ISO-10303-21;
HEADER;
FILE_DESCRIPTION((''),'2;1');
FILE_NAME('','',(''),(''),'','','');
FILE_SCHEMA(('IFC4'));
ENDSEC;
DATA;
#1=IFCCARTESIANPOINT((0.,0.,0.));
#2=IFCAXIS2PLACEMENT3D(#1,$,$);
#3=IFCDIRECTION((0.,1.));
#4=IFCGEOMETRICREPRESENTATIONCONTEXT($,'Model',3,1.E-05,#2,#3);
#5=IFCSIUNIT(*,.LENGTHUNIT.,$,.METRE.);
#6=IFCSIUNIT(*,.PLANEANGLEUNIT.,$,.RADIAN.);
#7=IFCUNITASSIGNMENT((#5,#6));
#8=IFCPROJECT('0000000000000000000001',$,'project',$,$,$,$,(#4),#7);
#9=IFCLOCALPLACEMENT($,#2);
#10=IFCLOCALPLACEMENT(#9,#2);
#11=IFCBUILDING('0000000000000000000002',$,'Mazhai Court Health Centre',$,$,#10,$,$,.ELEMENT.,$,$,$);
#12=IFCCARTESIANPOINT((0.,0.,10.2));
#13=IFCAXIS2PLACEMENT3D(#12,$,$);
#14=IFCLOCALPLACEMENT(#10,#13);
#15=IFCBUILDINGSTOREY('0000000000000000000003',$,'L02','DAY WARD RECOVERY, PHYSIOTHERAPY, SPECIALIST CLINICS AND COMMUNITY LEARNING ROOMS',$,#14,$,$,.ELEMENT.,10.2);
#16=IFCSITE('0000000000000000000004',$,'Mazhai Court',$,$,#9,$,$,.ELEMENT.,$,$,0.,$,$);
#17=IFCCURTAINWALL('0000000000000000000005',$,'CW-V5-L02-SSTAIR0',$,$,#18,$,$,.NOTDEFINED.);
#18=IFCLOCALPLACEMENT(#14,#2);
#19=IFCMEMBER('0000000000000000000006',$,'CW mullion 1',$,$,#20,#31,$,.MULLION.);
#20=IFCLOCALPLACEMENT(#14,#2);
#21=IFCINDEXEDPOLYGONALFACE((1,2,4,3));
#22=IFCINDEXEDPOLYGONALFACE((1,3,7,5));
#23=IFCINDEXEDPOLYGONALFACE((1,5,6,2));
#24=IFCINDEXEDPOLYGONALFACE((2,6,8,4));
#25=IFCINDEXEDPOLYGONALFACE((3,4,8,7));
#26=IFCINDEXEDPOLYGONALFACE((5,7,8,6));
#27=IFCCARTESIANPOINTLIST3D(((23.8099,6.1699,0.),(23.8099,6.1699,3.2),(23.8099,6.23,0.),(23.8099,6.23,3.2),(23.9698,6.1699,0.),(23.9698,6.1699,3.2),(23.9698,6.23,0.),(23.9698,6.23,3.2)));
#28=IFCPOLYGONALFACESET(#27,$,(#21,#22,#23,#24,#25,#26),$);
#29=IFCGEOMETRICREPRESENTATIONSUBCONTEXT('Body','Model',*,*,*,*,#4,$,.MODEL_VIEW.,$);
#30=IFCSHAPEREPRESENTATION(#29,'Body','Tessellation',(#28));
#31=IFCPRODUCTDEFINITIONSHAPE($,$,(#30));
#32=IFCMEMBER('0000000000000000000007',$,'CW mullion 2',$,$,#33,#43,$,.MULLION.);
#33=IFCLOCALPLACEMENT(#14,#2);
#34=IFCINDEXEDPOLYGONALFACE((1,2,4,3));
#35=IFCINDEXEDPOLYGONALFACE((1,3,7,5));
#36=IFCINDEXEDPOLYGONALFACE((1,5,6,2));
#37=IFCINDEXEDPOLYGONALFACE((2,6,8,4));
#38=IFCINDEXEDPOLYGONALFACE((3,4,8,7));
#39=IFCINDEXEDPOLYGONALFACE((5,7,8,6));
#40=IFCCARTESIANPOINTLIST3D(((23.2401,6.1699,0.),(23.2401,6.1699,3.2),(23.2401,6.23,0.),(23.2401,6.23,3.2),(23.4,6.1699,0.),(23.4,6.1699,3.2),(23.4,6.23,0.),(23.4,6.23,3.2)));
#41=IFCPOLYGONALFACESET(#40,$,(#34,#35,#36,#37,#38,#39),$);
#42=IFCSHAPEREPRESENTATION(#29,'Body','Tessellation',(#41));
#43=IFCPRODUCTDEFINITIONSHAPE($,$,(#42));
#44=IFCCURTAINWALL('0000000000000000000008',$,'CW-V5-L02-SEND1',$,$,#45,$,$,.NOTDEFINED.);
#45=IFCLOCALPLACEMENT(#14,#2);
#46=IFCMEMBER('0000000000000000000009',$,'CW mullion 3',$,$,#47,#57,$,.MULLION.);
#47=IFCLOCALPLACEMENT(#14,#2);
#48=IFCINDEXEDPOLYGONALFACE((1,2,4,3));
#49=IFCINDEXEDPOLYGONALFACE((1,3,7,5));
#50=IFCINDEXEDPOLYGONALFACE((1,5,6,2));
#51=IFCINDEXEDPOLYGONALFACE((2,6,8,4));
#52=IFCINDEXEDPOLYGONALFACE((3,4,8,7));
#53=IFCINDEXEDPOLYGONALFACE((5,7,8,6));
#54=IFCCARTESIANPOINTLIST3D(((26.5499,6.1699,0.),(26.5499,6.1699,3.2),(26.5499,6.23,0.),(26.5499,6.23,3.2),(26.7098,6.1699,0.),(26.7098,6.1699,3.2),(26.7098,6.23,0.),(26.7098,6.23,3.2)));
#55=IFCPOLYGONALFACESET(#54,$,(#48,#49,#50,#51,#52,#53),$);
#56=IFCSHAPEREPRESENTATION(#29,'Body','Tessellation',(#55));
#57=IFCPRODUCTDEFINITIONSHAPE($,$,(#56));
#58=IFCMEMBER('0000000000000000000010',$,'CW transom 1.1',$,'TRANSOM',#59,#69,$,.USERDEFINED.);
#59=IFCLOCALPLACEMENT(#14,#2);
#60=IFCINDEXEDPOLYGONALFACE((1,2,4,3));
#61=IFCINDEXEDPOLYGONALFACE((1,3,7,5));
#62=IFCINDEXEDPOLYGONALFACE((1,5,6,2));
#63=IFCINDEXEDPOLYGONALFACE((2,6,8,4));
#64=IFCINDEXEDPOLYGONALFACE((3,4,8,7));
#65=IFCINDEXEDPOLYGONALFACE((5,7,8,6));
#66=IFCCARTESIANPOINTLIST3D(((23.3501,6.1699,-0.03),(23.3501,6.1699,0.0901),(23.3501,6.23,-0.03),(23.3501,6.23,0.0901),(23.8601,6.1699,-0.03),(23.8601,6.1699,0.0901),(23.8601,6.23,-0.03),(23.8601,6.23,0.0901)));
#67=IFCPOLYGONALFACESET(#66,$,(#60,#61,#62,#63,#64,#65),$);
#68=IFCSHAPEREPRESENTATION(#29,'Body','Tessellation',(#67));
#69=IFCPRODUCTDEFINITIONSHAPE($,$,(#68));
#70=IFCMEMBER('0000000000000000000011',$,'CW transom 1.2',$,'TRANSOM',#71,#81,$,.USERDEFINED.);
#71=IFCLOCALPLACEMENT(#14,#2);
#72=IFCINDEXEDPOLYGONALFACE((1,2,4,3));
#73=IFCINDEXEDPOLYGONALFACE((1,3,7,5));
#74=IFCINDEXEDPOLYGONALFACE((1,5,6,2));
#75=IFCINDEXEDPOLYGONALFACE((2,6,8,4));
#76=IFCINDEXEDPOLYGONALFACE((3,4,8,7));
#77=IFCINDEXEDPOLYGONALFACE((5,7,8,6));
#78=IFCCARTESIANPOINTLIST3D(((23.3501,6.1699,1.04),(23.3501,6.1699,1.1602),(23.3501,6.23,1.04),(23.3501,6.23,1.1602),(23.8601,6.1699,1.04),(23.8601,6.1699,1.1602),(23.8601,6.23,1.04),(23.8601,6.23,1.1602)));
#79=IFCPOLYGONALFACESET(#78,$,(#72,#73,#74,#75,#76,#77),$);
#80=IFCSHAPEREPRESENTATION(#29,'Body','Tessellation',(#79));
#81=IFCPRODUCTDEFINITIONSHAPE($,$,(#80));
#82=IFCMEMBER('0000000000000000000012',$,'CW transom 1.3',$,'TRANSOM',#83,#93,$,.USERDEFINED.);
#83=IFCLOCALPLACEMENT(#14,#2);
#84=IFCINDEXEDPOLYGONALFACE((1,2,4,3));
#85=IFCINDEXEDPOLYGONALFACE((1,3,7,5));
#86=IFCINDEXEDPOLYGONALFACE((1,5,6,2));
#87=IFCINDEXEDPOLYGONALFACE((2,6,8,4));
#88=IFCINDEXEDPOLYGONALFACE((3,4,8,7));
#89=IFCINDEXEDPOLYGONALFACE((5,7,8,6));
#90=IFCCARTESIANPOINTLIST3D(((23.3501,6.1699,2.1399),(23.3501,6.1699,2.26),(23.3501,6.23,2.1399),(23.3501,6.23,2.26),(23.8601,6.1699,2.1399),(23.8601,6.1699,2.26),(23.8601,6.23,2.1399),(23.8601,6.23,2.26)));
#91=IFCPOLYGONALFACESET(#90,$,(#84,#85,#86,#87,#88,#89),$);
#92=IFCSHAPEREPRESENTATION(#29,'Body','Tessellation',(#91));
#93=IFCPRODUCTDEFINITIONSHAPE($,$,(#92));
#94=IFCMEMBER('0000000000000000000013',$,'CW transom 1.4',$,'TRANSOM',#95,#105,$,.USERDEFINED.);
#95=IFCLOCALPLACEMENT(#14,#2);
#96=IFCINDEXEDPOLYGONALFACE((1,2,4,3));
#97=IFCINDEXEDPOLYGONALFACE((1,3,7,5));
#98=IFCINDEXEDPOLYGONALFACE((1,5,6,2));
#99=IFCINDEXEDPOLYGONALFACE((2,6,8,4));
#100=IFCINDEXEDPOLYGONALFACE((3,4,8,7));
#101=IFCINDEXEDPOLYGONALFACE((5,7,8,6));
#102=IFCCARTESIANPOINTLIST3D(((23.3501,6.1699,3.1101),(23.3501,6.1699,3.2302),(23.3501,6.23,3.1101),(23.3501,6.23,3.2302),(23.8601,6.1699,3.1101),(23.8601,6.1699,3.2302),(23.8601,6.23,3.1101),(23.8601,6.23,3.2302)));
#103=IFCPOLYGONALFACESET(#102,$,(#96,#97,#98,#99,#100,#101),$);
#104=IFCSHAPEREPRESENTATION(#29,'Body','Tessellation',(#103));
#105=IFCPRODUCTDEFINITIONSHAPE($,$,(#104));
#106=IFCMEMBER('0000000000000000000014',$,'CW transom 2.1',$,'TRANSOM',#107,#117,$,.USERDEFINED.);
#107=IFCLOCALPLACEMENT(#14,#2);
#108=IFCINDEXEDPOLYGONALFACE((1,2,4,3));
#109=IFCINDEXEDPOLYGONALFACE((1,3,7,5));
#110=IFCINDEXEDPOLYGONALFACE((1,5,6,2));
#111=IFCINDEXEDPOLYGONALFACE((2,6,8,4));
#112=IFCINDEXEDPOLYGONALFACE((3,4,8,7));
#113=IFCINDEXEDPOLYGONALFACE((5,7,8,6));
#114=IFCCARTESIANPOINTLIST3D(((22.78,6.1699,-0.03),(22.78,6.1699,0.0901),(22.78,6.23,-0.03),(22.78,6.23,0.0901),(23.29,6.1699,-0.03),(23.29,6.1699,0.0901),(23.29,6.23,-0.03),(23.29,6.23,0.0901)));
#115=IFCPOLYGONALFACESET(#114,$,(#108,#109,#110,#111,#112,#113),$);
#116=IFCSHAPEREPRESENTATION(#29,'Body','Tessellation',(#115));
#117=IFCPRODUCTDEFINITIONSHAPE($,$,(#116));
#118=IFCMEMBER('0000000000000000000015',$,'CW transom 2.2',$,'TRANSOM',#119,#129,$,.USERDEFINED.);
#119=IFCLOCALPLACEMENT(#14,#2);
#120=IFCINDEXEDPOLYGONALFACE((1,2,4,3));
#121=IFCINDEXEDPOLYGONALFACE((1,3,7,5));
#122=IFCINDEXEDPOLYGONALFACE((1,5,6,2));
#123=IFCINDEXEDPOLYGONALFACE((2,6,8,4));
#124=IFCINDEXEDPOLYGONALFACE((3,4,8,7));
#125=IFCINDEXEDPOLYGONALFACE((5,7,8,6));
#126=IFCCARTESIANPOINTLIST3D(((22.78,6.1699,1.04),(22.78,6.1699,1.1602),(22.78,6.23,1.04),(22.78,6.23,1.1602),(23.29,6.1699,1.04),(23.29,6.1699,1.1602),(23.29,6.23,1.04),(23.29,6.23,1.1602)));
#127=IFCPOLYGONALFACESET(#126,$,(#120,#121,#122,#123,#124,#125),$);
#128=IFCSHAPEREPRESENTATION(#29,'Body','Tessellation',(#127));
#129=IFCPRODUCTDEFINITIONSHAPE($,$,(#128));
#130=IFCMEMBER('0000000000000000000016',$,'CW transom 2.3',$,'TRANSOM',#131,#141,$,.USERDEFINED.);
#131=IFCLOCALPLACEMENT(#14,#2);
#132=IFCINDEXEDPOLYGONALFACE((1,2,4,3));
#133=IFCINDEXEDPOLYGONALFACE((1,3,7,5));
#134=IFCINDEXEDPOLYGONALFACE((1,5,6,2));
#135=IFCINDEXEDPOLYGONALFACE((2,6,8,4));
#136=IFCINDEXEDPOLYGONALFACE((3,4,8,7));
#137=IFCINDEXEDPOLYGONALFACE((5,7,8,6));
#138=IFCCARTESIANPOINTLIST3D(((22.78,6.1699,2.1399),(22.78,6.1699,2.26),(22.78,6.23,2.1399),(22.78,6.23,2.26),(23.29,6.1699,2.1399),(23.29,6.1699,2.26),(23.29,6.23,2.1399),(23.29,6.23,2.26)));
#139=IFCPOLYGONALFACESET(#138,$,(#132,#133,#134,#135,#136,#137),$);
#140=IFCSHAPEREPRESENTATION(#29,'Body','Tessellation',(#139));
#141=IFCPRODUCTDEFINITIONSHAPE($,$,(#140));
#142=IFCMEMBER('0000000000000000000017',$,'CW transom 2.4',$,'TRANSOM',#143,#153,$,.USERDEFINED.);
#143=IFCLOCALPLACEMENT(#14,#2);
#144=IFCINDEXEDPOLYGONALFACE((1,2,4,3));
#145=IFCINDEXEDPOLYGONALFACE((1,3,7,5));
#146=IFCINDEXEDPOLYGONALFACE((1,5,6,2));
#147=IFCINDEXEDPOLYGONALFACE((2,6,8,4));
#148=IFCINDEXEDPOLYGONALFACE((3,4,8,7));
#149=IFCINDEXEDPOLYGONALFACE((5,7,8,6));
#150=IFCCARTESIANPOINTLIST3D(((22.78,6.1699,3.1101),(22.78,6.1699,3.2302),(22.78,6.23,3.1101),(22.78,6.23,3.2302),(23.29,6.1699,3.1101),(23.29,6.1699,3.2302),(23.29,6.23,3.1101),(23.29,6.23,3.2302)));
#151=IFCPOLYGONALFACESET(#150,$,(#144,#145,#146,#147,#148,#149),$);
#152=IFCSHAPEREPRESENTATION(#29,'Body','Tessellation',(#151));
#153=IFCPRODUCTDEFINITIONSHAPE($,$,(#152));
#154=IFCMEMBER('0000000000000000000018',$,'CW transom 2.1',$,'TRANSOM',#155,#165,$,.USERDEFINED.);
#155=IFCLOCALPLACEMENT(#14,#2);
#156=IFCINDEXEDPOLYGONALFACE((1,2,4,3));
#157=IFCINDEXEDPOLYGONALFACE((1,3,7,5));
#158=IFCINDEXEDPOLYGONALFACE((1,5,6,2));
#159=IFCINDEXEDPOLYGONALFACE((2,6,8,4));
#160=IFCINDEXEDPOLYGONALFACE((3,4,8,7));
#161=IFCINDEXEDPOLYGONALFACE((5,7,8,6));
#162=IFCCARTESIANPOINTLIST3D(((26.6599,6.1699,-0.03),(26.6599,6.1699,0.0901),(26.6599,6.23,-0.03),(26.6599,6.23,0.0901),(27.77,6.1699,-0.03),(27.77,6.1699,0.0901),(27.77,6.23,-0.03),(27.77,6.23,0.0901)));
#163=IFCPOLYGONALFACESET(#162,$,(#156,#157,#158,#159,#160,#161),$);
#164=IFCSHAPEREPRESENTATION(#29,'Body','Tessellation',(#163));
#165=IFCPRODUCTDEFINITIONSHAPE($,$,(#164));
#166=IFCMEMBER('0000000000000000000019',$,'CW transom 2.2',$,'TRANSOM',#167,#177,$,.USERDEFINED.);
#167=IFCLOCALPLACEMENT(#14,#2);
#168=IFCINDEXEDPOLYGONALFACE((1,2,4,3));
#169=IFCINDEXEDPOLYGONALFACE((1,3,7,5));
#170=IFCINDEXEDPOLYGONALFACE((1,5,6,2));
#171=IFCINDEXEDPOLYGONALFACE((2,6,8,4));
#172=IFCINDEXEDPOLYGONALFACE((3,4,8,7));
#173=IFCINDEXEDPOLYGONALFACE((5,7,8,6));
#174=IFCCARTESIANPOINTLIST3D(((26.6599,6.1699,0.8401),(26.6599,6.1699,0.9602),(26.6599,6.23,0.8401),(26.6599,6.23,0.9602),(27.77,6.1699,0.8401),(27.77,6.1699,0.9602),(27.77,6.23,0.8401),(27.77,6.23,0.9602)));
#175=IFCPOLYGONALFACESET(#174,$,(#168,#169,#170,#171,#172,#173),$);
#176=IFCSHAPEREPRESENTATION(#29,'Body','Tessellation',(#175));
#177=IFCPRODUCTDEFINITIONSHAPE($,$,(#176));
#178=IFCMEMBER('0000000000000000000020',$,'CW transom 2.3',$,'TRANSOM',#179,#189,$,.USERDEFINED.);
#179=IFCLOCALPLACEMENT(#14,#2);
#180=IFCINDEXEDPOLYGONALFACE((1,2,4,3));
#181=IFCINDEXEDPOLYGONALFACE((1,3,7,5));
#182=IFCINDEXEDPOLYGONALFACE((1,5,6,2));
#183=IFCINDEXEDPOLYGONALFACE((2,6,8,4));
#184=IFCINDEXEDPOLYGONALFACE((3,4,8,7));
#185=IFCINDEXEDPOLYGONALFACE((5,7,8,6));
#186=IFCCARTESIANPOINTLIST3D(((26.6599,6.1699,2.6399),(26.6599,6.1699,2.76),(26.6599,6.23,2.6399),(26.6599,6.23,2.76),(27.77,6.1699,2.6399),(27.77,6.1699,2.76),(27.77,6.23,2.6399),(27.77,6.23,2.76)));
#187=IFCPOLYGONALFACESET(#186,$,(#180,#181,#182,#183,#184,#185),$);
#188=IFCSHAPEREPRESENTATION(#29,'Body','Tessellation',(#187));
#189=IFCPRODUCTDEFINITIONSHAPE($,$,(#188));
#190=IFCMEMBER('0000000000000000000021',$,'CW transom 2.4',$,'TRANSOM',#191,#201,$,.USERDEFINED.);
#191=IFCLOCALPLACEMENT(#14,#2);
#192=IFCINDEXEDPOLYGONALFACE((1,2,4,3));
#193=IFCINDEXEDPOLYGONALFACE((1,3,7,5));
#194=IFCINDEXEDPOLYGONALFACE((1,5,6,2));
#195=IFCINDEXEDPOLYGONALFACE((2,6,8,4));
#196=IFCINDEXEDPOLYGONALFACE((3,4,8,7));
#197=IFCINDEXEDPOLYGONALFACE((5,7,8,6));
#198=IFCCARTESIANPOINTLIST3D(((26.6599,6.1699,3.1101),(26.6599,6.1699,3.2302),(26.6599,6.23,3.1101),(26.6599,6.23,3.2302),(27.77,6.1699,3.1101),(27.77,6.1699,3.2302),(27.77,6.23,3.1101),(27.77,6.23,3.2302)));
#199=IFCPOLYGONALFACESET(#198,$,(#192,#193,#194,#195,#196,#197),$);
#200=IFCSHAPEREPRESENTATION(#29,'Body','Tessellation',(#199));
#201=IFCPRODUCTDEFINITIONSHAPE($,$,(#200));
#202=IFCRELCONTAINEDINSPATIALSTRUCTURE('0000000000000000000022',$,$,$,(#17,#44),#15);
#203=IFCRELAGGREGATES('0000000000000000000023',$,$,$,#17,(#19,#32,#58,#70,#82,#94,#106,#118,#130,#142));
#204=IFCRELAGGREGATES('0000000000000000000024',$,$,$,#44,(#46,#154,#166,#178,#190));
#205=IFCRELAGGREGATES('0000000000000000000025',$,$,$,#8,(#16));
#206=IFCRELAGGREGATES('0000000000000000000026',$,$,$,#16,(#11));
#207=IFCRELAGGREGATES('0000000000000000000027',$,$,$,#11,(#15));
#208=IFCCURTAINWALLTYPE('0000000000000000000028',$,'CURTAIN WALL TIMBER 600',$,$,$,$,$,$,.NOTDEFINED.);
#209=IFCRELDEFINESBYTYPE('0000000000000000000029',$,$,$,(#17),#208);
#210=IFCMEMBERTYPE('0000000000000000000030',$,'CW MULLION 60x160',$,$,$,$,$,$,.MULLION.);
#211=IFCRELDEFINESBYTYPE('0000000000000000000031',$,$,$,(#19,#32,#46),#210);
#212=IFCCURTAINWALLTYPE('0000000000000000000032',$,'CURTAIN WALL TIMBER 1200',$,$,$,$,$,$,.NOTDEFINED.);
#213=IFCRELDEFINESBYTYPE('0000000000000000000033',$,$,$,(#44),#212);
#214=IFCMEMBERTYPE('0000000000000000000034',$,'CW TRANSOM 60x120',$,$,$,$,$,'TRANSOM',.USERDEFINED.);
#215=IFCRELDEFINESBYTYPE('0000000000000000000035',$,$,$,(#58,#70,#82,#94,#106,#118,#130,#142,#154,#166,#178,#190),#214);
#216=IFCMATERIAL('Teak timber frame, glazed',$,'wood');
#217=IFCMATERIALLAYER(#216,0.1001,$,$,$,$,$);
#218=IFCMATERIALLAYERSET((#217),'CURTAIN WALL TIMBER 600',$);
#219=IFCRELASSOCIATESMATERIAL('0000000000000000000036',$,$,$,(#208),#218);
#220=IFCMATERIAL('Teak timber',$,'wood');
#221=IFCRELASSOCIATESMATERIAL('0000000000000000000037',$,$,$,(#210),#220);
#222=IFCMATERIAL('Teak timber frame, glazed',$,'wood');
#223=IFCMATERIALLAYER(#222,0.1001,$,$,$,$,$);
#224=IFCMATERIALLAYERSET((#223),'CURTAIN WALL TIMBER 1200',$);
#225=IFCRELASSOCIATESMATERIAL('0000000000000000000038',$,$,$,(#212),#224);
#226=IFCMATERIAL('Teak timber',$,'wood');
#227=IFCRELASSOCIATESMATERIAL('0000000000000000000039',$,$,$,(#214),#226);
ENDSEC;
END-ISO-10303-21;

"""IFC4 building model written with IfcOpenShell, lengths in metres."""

from ifc_helpers import new_model, si_unit, direction, frame, origin, origin_2d, place, context, subcontext, project, spatial, rectangle, extrude, material, layer, layer_set, material_profile, profile_set, type_object, element, aggregate, save


model = new_model("IFC4")

# Units and contexts
model_context = context("Model", 3, precision=1e-05, world=origin(), true_north=direction((0.0, 1.0)))
body_context = subcontext(model_context, "Body", "Model", "MODEL_VIEW")
ifc_project = project(units=[si_unit("LENGTHUNIT", "METRE"), si_unit("PLANEANGLEUNIT", "RADIAN")], contexts=[model_context])

# Site, building, storey
site_placement = place(None, origin())
site = spatial("IfcSite", under=ifc_project, at=site_placement, Name="Mazhai Court", CompositionType="ELEMENT", RefElevation=0.0)
building_placement = place(site_placement, origin())
building = spatial("IfcBuilding", under=site, at=building_placement, Name="Mazhai Court Health Centre", CompositionType="ELEMENT")
storey_placement = place(building_placement, frame((0.0, 0.0, 10.2)))
storey = spatial("IfcBuildingStorey", under=building, at=storey_placement, Name="L02", Description="DAY WARD RECOVERY, PHYSIOTHERAPY, SPECIALIST CLINICS AND COMMUNITY LEARNING ROOMS", CompositionType="ELEMENT", Elevation=10.2)

# Curtain wall, members
ifc_material_1 = material(Name="Teak timber frame, glazed", Category="wood")
ifc_layer_1 = layer(ifc_material_1, 0.1001)
ifc_layer_set_1 = layer_set([ifc_layer_1], Name="CURTAIN WALL TIMBER 600")
curtain_wall_type_1 = type_object("IfcCurtainWallType", Name="CURTAIN WALL TIMBER 600", PredefinedType="NOTDEFINED", material=ifc_layer_set_1)
curtain_wall_1_placement = place(storey_placement, origin())
curtain_wall_1 = element("IfcCurtainWall", 1, at=curtain_wall_1_placement, inside=storey, type_object=curtain_wall_type_1, Name="CW-V5-L02-SSTAIR0", PredefinedType="NOTDEFINED")
ifc_material_2 = material(Name="Teak timber", Category="wood")
ifc_material_profile_1 = material_profile(ifc_material_2, rectangle(XDim=0.0601, YDim=0.1599, at=origin_2d()), Name="CW MULLION 60x160")
ifc_profile_set_1 = profile_set([ifc_material_profile_1], Name="Teak timber")
member_type_1 = type_object("IfcMemberType", Name="CW MULLION 60x160", PredefinedType="MULLION", material=ifc_profile_set_1)
member_1_placement = place(storey_placement, frame((23.8899, 6.2, 0.0), z_axis=(0.0, 0.0, 1.0), x_axis=(0.0, -1.0, 0.0)))
member_1 = element("IfcMember", 2, at=member_1_placement, type_object=member_type_1, Name="CW mullion 1", PredefinedType="MULLION", context=body_context, shape_type="SweptSolid", body=[
    extrude(rectangle(XDim=0.0601, YDim=0.1599, at=origin_2d()), origin(), (0.0, 0.0, 1.0), 3.2),
])
member_2_placement = place(storey_placement, frame((23.3201, 6.2, 0.0), z_axis=(0.0, 0.0, 1.0), x_axis=(0.0, -1.0, 0.0)))
member_2 = element("IfcMember", 3, at=member_2_placement, type_object=member_type_1, Name="CW mullion 2", PredefinedType="MULLION", context=body_context, shape_type="SweptSolid", body=[
    extrude(rectangle(XDim=0.0601, YDim=0.1599, at=origin_2d()), origin(), (0.0, 0.0, 1.0), 3.2),
])

# Curtain wall, member
ifc_material_3 = material(Name="Teak timber frame, glazed", Category="wood")
ifc_layer_2 = layer(ifc_material_3, 0.1001)
ifc_layer_set_2 = layer_set([ifc_layer_2], Name="CURTAIN WALL TIMBER 1200")
curtain_wall_type_2 = type_object("IfcCurtainWallType", Name="CURTAIN WALL TIMBER 1200", PredefinedType="NOTDEFINED", material=ifc_layer_set_2)
curtain_wall_2_placement = place(storey_placement, origin())
curtain_wall_2 = element("IfcCurtainWall", 4, at=curtain_wall_2_placement, inside=storey, type_object=curtain_wall_type_2, Name="CW-V5-L02-SEND1", PredefinedType="NOTDEFINED")
member_3_placement = place(storey_placement, frame((26.6299, 6.2, 0.0), z_axis=(0.0, 0.0, 1.0), x_axis=(0.0, -1.0, 0.0)))
member_3 = element("IfcMember", 5, at=member_3_placement, type_object=member_type_1, Name="CW mullion 3", PredefinedType="MULLION", context=body_context, shape_type="SweptSolid", body=[
    extrude(rectangle(XDim=0.0601, YDim=0.1599, at=origin_2d()), origin(), (0.0, 0.0, 1.0), 3.2),
])

# Members
ifc_material_4 = material(Name="Teak timber", Category="wood")
ifc_material_profile_2 = material_profile(ifc_material_4, rectangle(XDim=0.0601, YDim=0.1201, at=origin_2d()), Name="CW TRANSOM 60x120")
ifc_profile_set_2 = profile_set([ifc_material_profile_2], Name="Teak timber")
member_type_2 = type_object("IfcMemberType", Name="CW TRANSOM 60x120", ElementType="TRANSOM", PredefinedType="USERDEFINED", material=ifc_profile_set_2)
member_4_placement = place(storey_placement, frame((23.8601, 6.2, 0.03), z_axis=(-1.0, 0.0, 0.0), x_axis=(0.0, -1.0, 0.0)))
member_4 = element("IfcMember", 6, at=member_4_placement, type_object=member_type_2, Name="CW transom 1.1", ObjectType="TRANSOM", PredefinedType="USERDEFINED", context=body_context, shape_type="SweptSolid", body=[
    extrude(rectangle(XDim=0.0601, YDim=0.1201, at=origin_2d()), origin(), (0.0, 0.0, 1.0), 0.51),
])
member_5_placement = place(storey_placement, frame((23.8601, 6.2, 1.1001), z_axis=(-1.0, 0.0, 0.0), x_axis=(0.0, -1.0, 0.0)))
member_5 = element("IfcMember", 7, at=member_5_placement, type_object=member_type_2, Name="CW transom 1.2", ObjectType="TRANSOM", PredefinedType="USERDEFINED", context=body_context, shape_type="SweptSolid", body=[
    extrude(rectangle(XDim=0.0601, YDim=0.1201, at=origin_2d()), origin(), (0.0, 0.0, 1.0), 0.51),
])
member_6_placement = place(storey_placement, frame((23.8601, 6.2, 2.2), z_axis=(-1.0, 0.0, 0.0), x_axis=(0.0, -1.0, 0.0)))
member_6 = element("IfcMember", 8, at=member_6_placement, type_object=member_type_2, Name="CW transom 1.3", ObjectType="TRANSOM", PredefinedType="USERDEFINED", context=body_context, shape_type="SweptSolid", body=[
    extrude(rectangle(XDim=0.0601, YDim=0.1201, at=origin_2d()), origin(), (0.0, 0.0, 1.0), 0.51),
])
member_7_placement = place(storey_placement, frame((23.8601, 6.2, 3.1702), z_axis=(-1.0, 0.0, 0.0), x_axis=(0.0, -1.0, 0.0)))
member_7 = element("IfcMember", 9, at=member_7_placement, type_object=member_type_2, Name="CW transom 1.4", ObjectType="TRANSOM", PredefinedType="USERDEFINED", context=body_context, shape_type="SweptSolid", body=[
    extrude(rectangle(XDim=0.0601, YDim=0.1201, at=origin_2d()), origin(), (0.0, 0.0, 1.0), 0.51),
])
member_8_placement = place(storey_placement, frame((23.29, 6.2, 0.03), z_axis=(-1.0, 0.0, 0.0), x_axis=(0.0, -1.0, 0.0)))
member_8 = element("IfcMember", 10, at=member_8_placement, type_object=member_type_2, Name="CW transom 2.1", ObjectType="TRANSOM", PredefinedType="USERDEFINED", context=body_context, shape_type="SweptSolid", body=[
    extrude(rectangle(XDim=0.0601, YDim=0.1201, at=origin_2d()), origin(), (0.0, 0.0, 1.0), 0.51),
])
member_9_placement = place(storey_placement, frame((23.29, 6.2, 1.1001), z_axis=(-1.0, 0.0, 0.0), x_axis=(0.0, -1.0, 0.0)))
member_9 = element("IfcMember", 11, at=member_9_placement, type_object=member_type_2, Name="CW transom 2.2", ObjectType="TRANSOM", PredefinedType="USERDEFINED", context=body_context, shape_type="SweptSolid", body=[
    extrude(rectangle(XDim=0.0601, YDim=0.1201, at=origin_2d()), origin(), (0.0, 0.0, 1.0), 0.51),
])
member_10_placement = place(storey_placement, frame((23.29, 6.2, 2.2), z_axis=(-1.0, 0.0, 0.0), x_axis=(0.0, -1.0, 0.0)))
member_10 = element("IfcMember", 12, at=member_10_placement, type_object=member_type_2, Name="CW transom 2.3", ObjectType="TRANSOM", PredefinedType="USERDEFINED", context=body_context, shape_type="SweptSolid", body=[
    extrude(rectangle(XDim=0.0601, YDim=0.1201, at=origin_2d()), origin(), (0.0, 0.0, 1.0), 0.51),
])
member_11_placement = place(storey_placement, frame((23.29, 6.2, 3.1702), z_axis=(-1.0, 0.0, 0.0), x_axis=(0.0, -1.0, 0.0)))
member_11 = element("IfcMember", 13, at=member_11_placement, type_object=member_type_2, Name="CW transom 2.4", ObjectType="TRANSOM", PredefinedType="USERDEFINED", context=body_context, shape_type="SweptSolid", body=[
    extrude(rectangle(XDim=0.0601, YDim=0.1201, at=origin_2d()), origin(), (0.0, 0.0, 1.0), 0.51),
])
member_12_placement = place(storey_placement, frame((27.77, 6.2, 0.03), z_axis=(-1.0, 0.0, 0.0), x_axis=(0.0, -1.0, 0.0)))
member_12 = element("IfcMember", 14, at=member_12_placement, type_object=member_type_2, Name="CW transom 2.1", ObjectType="TRANSOM", PredefinedType="USERDEFINED", context=body_context, shape_type="SweptSolid", body=[
    extrude(rectangle(XDim=0.0601, YDim=0.1201, at=origin_2d()), origin(), (0.0, 0.0, 1.0), 1.1101),
])
member_13_placement = place(storey_placement, frame((27.77, 6.2, 0.9001), z_axis=(-1.0, 0.0, 0.0), x_axis=(0.0, -1.0, 0.0)))
member_13 = element("IfcMember", 15, at=member_13_placement, type_object=member_type_2, Name="CW transom 2.2", ObjectType="TRANSOM", PredefinedType="USERDEFINED", context=body_context, shape_type="SweptSolid", body=[
    extrude(rectangle(XDim=0.0601, YDim=0.1201, at=origin_2d()), origin(), (0.0, 0.0, 1.0), 1.1101),
])
member_14_placement = place(storey_placement, frame((27.77, 6.2, 2.7), z_axis=(-1.0, 0.0, 0.0), x_axis=(0.0, -1.0, 0.0)))
member_14 = element("IfcMember", 16, at=member_14_placement, type_object=member_type_2, Name="CW transom 2.3", ObjectType="TRANSOM", PredefinedType="USERDEFINED", context=body_context, shape_type="SweptSolid", body=[
    extrude(rectangle(XDim=0.0601, YDim=0.1201, at=origin_2d()), origin(), (0.0, 0.0, 1.0), 1.1101),
])
member_15_placement = place(storey_placement, frame((27.77, 6.2, 3.1702), z_axis=(-1.0, 0.0, 0.0), x_axis=(0.0, -1.0, 0.0)))
member_15 = element("IfcMember", 17, at=member_15_placement, type_object=member_type_2, Name="CW transom 2.4", ObjectType="TRANSOM", PredefinedType="USERDEFINED", context=body_context, shape_type="SweptSolid", body=[
    extrude(rectangle(XDim=0.0601, YDim=0.1201, at=origin_2d()), origin(), (0.0, 0.0, 1.0), 1.1101),
])

aggregate(curtain_wall_1, [member_1, member_2, member_4, member_5, member_6, member_7, member_8, member_9, member_10, member_11])
aggregate(curtain_wall_2, [member_3, member_12, member_13, member_14, member_15])

save(model, "model.ifc")
